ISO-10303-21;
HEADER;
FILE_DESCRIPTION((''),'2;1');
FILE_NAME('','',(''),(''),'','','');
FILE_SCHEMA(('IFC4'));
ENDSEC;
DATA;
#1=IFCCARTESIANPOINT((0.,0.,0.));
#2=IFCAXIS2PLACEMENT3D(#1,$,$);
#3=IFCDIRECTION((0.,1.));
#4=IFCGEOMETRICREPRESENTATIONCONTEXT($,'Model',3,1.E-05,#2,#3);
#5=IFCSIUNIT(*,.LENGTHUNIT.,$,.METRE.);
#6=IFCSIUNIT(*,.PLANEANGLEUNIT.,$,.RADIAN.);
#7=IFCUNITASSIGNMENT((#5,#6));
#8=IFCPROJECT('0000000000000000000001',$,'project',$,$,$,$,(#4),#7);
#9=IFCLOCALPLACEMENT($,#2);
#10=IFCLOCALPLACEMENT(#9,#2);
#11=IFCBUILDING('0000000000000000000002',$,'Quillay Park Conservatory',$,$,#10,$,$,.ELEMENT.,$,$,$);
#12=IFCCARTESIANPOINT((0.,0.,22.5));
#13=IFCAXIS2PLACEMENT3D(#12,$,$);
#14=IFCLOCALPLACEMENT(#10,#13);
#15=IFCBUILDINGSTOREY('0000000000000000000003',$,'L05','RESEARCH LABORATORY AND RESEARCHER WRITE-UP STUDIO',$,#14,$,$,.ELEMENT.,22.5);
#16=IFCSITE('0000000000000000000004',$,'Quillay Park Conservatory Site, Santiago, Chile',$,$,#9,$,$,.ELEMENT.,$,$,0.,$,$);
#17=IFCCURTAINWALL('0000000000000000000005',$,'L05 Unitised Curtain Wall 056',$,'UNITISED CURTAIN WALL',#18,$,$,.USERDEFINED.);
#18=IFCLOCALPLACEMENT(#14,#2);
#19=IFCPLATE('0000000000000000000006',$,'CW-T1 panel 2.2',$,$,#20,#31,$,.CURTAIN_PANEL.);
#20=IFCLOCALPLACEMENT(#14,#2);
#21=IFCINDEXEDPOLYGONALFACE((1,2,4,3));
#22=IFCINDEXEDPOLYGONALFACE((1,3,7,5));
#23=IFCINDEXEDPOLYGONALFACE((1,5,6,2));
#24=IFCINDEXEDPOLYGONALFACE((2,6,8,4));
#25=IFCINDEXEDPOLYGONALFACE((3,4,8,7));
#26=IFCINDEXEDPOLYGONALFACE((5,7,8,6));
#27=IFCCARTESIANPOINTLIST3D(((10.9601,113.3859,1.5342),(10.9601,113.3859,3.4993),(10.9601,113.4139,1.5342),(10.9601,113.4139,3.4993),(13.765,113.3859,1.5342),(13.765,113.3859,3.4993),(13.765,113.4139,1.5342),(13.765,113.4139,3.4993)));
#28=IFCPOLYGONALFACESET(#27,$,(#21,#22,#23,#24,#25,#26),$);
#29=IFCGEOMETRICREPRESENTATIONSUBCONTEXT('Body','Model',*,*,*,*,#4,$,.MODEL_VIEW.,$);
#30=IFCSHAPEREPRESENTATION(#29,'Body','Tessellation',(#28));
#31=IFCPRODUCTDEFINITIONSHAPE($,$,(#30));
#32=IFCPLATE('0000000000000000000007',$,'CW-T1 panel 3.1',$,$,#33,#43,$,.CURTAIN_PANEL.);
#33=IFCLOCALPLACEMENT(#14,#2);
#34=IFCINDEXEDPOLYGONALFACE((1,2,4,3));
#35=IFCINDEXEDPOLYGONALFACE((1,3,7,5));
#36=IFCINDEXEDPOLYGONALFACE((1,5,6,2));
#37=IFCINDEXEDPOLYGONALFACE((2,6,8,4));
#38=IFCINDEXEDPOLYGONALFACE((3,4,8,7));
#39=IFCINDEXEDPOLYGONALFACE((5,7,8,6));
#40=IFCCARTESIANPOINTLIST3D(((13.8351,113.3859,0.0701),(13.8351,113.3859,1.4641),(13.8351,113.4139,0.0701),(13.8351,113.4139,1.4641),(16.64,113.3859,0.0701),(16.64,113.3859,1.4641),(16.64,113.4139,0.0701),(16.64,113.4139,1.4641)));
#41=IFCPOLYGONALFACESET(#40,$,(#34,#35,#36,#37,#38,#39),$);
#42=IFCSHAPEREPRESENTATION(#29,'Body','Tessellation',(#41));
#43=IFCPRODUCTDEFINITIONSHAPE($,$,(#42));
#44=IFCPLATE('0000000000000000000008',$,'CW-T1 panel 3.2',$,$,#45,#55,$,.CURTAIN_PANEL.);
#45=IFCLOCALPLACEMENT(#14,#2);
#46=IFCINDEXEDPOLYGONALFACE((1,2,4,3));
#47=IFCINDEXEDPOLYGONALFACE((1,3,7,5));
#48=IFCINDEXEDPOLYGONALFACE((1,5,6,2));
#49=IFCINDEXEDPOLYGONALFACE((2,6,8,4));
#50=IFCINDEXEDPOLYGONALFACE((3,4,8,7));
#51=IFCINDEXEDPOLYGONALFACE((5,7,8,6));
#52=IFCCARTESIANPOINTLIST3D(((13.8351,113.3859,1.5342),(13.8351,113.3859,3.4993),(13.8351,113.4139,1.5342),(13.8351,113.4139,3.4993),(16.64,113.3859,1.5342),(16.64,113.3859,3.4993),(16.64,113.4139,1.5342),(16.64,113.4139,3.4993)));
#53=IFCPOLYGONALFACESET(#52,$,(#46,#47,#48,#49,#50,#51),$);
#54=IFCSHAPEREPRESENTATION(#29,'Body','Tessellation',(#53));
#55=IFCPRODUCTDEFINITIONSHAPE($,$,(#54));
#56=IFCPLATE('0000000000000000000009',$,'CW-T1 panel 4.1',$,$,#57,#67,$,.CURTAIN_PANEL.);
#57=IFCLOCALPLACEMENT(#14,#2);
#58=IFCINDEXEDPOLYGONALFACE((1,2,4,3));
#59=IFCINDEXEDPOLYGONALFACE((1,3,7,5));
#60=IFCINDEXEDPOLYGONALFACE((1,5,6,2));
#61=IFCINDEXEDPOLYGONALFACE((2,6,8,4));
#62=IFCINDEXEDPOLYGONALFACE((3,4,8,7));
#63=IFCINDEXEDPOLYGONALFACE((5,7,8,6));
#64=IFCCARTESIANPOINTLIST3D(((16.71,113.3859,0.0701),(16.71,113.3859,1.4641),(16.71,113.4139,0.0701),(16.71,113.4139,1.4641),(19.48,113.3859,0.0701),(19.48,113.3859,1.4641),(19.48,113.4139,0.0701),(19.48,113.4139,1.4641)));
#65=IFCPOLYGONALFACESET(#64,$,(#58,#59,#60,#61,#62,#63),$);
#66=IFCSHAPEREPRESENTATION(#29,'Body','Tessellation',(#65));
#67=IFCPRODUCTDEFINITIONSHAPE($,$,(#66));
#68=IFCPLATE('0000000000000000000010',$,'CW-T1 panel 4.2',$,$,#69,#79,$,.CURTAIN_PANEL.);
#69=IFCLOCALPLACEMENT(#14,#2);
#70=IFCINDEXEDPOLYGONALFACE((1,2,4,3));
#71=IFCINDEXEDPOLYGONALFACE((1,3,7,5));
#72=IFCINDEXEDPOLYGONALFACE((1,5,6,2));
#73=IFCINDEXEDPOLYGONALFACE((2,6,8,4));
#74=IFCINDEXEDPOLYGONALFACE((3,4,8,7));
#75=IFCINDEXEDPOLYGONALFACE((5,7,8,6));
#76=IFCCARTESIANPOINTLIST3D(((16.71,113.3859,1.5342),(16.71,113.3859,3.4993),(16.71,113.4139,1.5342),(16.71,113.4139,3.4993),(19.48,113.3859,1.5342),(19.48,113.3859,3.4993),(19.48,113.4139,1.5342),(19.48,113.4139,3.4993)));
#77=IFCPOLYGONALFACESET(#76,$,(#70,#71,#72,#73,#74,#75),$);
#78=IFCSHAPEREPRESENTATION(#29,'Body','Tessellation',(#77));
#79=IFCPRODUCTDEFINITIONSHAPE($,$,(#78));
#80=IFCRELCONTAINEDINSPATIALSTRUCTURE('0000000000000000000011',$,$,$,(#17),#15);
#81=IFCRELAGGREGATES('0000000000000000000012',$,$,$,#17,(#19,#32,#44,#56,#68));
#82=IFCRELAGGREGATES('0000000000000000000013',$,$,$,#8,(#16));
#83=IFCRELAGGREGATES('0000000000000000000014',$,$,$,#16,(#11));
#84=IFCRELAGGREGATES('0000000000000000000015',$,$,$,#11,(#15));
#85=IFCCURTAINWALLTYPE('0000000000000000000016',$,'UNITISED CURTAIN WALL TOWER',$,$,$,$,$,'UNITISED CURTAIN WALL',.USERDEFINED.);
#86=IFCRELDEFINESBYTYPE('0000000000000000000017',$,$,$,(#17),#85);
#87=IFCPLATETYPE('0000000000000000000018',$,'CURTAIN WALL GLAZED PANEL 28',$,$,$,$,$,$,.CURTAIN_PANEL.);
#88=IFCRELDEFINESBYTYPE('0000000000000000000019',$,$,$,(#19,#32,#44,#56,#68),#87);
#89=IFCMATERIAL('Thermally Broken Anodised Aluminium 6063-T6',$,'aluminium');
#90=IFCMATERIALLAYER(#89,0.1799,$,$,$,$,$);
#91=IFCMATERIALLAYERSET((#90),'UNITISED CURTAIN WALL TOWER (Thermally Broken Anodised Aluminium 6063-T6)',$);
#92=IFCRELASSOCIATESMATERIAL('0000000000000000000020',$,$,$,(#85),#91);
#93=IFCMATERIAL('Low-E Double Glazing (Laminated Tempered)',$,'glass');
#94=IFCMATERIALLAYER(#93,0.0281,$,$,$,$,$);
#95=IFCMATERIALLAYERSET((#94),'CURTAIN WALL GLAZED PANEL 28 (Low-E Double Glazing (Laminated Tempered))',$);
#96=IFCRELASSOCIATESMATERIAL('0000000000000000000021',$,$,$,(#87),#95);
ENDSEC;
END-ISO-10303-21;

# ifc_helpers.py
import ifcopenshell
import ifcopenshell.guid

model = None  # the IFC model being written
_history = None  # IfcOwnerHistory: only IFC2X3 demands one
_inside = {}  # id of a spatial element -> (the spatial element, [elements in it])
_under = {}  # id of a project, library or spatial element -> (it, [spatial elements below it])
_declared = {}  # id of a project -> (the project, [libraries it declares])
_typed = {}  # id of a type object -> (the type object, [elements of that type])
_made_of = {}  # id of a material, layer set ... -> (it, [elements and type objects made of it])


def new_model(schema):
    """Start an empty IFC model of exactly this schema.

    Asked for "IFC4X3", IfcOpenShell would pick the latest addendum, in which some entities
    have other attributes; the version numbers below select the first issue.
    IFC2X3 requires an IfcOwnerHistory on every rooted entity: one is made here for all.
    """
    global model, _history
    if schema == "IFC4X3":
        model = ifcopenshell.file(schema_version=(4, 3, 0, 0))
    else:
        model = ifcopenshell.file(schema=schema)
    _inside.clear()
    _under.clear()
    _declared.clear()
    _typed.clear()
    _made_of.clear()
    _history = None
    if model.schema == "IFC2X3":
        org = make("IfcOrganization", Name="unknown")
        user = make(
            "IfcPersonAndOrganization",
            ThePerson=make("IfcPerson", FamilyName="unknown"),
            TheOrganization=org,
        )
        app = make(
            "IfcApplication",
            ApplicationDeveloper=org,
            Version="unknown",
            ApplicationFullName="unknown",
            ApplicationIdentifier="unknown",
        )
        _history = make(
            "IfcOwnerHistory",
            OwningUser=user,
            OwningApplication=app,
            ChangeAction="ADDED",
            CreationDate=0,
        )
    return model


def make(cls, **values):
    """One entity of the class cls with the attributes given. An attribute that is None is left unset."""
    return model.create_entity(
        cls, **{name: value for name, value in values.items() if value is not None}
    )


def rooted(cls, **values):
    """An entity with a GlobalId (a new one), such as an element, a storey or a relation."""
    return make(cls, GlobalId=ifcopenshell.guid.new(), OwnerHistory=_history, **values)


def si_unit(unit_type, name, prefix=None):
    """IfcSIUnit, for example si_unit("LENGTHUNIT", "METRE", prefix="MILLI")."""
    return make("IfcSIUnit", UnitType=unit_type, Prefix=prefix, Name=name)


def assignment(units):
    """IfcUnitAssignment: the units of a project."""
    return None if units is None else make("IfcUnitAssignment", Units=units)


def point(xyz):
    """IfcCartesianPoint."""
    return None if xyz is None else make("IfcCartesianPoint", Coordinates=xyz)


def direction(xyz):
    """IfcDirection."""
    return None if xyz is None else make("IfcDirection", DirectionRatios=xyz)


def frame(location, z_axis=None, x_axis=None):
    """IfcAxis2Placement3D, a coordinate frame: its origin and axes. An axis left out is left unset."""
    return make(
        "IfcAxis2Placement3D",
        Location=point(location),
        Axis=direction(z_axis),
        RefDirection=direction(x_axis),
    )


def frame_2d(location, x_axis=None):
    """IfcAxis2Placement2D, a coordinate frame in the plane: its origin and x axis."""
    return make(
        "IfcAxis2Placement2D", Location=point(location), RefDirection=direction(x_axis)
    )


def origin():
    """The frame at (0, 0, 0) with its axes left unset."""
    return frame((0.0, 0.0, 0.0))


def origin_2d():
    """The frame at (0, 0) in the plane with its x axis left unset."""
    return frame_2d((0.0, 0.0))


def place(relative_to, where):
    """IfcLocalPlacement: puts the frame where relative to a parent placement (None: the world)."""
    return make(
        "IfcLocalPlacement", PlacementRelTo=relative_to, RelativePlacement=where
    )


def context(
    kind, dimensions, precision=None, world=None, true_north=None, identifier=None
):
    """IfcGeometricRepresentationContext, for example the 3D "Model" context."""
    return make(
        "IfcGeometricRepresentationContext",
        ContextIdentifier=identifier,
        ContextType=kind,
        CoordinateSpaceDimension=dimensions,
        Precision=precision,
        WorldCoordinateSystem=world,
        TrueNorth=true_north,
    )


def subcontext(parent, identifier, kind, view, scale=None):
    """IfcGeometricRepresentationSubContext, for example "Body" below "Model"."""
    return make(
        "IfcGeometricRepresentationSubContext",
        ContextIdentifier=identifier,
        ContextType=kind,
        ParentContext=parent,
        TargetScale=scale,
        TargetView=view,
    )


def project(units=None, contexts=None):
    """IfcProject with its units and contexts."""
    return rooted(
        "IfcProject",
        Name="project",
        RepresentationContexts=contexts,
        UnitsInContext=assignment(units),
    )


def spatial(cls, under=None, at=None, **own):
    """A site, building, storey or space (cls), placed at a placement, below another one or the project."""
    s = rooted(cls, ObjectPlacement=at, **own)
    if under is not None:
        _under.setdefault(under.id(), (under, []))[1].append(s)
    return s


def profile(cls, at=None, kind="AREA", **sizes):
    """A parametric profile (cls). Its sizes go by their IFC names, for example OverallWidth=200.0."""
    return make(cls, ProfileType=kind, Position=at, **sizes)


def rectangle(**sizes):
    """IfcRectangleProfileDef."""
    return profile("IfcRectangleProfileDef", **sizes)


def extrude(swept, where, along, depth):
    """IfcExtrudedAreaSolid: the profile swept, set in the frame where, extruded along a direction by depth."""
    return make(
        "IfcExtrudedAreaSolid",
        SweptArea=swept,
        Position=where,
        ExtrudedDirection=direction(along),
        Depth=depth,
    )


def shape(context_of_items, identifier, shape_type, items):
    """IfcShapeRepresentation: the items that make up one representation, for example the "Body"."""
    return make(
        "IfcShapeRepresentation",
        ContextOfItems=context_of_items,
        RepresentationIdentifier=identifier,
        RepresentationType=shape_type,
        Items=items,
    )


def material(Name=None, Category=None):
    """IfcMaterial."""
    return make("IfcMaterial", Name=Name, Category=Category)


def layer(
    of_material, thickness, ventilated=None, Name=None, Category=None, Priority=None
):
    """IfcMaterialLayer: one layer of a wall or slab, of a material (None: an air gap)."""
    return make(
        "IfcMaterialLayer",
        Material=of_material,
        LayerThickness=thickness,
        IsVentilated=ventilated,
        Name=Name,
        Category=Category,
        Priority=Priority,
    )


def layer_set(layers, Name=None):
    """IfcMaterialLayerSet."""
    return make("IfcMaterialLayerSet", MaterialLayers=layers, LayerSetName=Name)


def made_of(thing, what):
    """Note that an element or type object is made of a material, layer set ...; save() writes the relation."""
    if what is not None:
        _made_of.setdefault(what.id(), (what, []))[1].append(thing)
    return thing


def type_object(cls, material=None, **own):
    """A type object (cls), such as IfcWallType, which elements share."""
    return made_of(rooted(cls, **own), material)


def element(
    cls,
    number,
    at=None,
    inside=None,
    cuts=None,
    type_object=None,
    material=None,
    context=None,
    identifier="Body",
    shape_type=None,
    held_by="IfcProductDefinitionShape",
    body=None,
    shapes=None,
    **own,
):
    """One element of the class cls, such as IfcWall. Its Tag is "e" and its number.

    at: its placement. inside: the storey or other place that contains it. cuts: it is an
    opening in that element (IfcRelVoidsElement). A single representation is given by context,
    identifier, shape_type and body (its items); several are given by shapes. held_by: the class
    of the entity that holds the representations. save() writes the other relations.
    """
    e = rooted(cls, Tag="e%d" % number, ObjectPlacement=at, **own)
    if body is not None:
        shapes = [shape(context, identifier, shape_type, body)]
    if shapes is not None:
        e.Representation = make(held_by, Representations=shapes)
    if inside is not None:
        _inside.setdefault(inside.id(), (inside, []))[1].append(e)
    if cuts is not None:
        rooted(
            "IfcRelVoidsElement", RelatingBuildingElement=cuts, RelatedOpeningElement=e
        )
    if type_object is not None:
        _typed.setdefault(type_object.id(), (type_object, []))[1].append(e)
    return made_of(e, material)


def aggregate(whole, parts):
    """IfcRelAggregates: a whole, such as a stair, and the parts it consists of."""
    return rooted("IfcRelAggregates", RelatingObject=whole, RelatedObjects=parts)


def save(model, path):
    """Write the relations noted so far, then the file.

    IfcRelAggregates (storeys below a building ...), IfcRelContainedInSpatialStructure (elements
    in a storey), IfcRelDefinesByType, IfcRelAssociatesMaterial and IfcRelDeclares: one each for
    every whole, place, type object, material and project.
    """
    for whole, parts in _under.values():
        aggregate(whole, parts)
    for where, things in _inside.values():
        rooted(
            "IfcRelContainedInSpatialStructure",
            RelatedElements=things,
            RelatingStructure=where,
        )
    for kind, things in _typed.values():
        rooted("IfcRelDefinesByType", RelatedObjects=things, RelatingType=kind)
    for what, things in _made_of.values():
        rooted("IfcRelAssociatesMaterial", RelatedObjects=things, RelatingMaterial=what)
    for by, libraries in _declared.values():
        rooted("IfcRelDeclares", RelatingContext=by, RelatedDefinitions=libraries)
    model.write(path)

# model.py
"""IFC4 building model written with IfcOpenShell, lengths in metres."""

from ifc_helpers import new_model, si_unit, direction, frame, origin, origin_2d, place, context, subcontext, project, spatial, rectangle, extrude, material, layer, layer_set, type_object, element, aggregate, save


model = new_model("IFC4")

# Units and contexts
model_context = context("Model", 3, precision=1e-05, world=origin(), true_north=direction((0.0, 1.0)))
body_context = subcontext(model_context, "Body", "Model", "MODEL_VIEW")
ifc_project = project(units=[si_unit("LENGTHUNIT", "METRE"), si_unit("PLANEANGLEUNIT", "RADIAN")], contexts=[model_context])

# Site, building, storey
site_placement = place(None, origin())
site = spatial("IfcSite", under=ifc_project, at=site_placement, Name="Quillay Park Conservatory Site, Santiago, Chile", CompositionType="ELEMENT", RefElevation=0.0)
building_placement = place(site_placement, origin())
building = spatial("IfcBuilding", under=site, at=building_placement, Name="Quillay Park Conservatory", CompositionType="ELEMENT")
storey_placement = place(building_placement, frame((0.0, 0.0, 22.5)))
storey = spatial("IfcBuildingStorey", under=building, at=storey_placement, Name="L05", Description="RESEARCH LABORATORY AND RESEARCHER WRITE-UP STUDIO", CompositionType="ELEMENT", Elevation=22.5)

# Curtain wall
ifc_material_1 = material(Name="Thermally Broken Anodised Aluminium 6063-T6", Category="aluminium")
ifc_layer_1 = layer(ifc_material_1, 0.1799)
ifc_layer_set_1 = layer_set([ifc_layer_1], Name="UNITISED CURTAIN WALL TOWER (Thermally Broken Anodised Aluminium 6063-T6)")
curtain_wall_type = type_object("IfcCurtainWallType", Name="UNITISED CURTAIN WALL TOWER", ElementType="UNITISED CURTAIN WALL", PredefinedType="USERDEFINED", material=ifc_layer_set_1)
curtain_wall_placement = place(storey_placement, origin())
curtain_wall = element("IfcCurtainWall", 1, at=curtain_wall_placement, inside=storey, type_object=curtain_wall_type, Name="L05 Unitised Curtain Wall 056", ObjectType="UNITISED CURTAIN WALL", PredefinedType="USERDEFINED")

# Plates
ifc_material_2 = material(Name="Low-E Double Glazing (Laminated Tempered)", Category="glass")
ifc_layer_2 = layer(ifc_material_2, 0.0281)
ifc_layer_set_2 = layer_set([ifc_layer_2], Name="CURTAIN WALL GLAZED PANEL 28 (Low-E Double Glazing (Laminated Tempered))")
plate_type = type_object("IfcPlateType", Name="CURTAIN WALL GLAZED PANEL 28", PredefinedType="CURTAIN_PANEL", material=ifc_layer_set_2)
plate_1_placement = place(storey_placement, frame((12.3625, 113.3999, 1.5342), z_axis=(0.0, 0.0, 1.0), x_axis=(1.0, 0.0, 0.0)))
plate_1 = element("IfcPlate", 2, at=plate_1_placement, type_object=plate_type, Name="CW-T1 panel 2.2", PredefinedType="CURTAIN_PANEL", context=body_context, shape_type="SweptSolid", body=[
    extrude(rectangle(XDim=2.8049, YDim=0.0281, at=origin_2d()), origin(), (0.0, 0.0, 1.0), 1.9651),
])
plate_2_placement = place(storey_placement, frame((15.2375, 113.3999, 0.0701), z_axis=(0.0, 0.0, 1.0), x_axis=(1.0, 0.0, 0.0)))
plate_2 = element("IfcPlate", 3, at=plate_2_placement, type_object=plate_type, Name="CW-T1 panel 3.1", PredefinedType="CURTAIN_PANEL", context=body_context, shape_type="SweptSolid", body=[
    extrude(rectangle(XDim=2.8049, YDim=0.0281, at=origin_2d()), origin(), (0.0, 0.0, 1.0), 1.394),
])
plate_3_placement = place(storey_placement, frame((15.2375, 113.3999, 1.5342), z_axis=(0.0, 0.0, 1.0), x_axis=(1.0, 0.0, 0.0)))
plate_3 = element("IfcPlate", 4, at=plate_3_placement, type_object=plate_type, Name="CW-T1 panel 3.2", PredefinedType="CURTAIN_PANEL", context=body_context, shape_type="SweptSolid", body=[
    extrude(rectangle(XDim=2.8049, YDim=0.0281, at=origin_2d()), origin(), (0.0, 0.0, 1.0), 1.9651),
])
plate_4_placement = place(storey_placement, frame((18.095, 113.3999, 0.0701), z_axis=(0.0, 0.0, 1.0), x_axis=(1.0, 0.0, 0.0)))
plate_4 = element("IfcPlate", 5, at=plate_4_placement, type_object=plate_type, Name="CW-T1 panel 4.1", PredefinedType="CURTAIN_PANEL", context=body_context, shape_type="SweptSolid", body=[
    extrude(rectangle(XDim=2.77, YDim=0.0281, at=origin_2d()), origin(), (0.0, 0.0, 1.0), 1.394),
])
plate_5_placement = place(storey_placement, frame((18.095, 113.3999, 1.5342), z_axis=(0.0, 0.0, 1.0), x_axis=(1.0, 0.0, 0.0)))
plate_5 = element("IfcPlate", 6, at=plate_5_placement, type_object=plate_type, Name="CW-T1 panel 4.2", PredefinedType="CURTAIN_PANEL", context=body_context, shape_type="SweptSolid", body=[
    extrude(rectangle(XDim=2.77, YDim=0.0281, at=origin_2d()), origin(), (0.0, 0.0, 1.0), 1.9651),
])
aggregate(curtain_wall, [plate_1, plate_2, plate_3, plate_4, plate_5])

save(model, "model.ifc")
